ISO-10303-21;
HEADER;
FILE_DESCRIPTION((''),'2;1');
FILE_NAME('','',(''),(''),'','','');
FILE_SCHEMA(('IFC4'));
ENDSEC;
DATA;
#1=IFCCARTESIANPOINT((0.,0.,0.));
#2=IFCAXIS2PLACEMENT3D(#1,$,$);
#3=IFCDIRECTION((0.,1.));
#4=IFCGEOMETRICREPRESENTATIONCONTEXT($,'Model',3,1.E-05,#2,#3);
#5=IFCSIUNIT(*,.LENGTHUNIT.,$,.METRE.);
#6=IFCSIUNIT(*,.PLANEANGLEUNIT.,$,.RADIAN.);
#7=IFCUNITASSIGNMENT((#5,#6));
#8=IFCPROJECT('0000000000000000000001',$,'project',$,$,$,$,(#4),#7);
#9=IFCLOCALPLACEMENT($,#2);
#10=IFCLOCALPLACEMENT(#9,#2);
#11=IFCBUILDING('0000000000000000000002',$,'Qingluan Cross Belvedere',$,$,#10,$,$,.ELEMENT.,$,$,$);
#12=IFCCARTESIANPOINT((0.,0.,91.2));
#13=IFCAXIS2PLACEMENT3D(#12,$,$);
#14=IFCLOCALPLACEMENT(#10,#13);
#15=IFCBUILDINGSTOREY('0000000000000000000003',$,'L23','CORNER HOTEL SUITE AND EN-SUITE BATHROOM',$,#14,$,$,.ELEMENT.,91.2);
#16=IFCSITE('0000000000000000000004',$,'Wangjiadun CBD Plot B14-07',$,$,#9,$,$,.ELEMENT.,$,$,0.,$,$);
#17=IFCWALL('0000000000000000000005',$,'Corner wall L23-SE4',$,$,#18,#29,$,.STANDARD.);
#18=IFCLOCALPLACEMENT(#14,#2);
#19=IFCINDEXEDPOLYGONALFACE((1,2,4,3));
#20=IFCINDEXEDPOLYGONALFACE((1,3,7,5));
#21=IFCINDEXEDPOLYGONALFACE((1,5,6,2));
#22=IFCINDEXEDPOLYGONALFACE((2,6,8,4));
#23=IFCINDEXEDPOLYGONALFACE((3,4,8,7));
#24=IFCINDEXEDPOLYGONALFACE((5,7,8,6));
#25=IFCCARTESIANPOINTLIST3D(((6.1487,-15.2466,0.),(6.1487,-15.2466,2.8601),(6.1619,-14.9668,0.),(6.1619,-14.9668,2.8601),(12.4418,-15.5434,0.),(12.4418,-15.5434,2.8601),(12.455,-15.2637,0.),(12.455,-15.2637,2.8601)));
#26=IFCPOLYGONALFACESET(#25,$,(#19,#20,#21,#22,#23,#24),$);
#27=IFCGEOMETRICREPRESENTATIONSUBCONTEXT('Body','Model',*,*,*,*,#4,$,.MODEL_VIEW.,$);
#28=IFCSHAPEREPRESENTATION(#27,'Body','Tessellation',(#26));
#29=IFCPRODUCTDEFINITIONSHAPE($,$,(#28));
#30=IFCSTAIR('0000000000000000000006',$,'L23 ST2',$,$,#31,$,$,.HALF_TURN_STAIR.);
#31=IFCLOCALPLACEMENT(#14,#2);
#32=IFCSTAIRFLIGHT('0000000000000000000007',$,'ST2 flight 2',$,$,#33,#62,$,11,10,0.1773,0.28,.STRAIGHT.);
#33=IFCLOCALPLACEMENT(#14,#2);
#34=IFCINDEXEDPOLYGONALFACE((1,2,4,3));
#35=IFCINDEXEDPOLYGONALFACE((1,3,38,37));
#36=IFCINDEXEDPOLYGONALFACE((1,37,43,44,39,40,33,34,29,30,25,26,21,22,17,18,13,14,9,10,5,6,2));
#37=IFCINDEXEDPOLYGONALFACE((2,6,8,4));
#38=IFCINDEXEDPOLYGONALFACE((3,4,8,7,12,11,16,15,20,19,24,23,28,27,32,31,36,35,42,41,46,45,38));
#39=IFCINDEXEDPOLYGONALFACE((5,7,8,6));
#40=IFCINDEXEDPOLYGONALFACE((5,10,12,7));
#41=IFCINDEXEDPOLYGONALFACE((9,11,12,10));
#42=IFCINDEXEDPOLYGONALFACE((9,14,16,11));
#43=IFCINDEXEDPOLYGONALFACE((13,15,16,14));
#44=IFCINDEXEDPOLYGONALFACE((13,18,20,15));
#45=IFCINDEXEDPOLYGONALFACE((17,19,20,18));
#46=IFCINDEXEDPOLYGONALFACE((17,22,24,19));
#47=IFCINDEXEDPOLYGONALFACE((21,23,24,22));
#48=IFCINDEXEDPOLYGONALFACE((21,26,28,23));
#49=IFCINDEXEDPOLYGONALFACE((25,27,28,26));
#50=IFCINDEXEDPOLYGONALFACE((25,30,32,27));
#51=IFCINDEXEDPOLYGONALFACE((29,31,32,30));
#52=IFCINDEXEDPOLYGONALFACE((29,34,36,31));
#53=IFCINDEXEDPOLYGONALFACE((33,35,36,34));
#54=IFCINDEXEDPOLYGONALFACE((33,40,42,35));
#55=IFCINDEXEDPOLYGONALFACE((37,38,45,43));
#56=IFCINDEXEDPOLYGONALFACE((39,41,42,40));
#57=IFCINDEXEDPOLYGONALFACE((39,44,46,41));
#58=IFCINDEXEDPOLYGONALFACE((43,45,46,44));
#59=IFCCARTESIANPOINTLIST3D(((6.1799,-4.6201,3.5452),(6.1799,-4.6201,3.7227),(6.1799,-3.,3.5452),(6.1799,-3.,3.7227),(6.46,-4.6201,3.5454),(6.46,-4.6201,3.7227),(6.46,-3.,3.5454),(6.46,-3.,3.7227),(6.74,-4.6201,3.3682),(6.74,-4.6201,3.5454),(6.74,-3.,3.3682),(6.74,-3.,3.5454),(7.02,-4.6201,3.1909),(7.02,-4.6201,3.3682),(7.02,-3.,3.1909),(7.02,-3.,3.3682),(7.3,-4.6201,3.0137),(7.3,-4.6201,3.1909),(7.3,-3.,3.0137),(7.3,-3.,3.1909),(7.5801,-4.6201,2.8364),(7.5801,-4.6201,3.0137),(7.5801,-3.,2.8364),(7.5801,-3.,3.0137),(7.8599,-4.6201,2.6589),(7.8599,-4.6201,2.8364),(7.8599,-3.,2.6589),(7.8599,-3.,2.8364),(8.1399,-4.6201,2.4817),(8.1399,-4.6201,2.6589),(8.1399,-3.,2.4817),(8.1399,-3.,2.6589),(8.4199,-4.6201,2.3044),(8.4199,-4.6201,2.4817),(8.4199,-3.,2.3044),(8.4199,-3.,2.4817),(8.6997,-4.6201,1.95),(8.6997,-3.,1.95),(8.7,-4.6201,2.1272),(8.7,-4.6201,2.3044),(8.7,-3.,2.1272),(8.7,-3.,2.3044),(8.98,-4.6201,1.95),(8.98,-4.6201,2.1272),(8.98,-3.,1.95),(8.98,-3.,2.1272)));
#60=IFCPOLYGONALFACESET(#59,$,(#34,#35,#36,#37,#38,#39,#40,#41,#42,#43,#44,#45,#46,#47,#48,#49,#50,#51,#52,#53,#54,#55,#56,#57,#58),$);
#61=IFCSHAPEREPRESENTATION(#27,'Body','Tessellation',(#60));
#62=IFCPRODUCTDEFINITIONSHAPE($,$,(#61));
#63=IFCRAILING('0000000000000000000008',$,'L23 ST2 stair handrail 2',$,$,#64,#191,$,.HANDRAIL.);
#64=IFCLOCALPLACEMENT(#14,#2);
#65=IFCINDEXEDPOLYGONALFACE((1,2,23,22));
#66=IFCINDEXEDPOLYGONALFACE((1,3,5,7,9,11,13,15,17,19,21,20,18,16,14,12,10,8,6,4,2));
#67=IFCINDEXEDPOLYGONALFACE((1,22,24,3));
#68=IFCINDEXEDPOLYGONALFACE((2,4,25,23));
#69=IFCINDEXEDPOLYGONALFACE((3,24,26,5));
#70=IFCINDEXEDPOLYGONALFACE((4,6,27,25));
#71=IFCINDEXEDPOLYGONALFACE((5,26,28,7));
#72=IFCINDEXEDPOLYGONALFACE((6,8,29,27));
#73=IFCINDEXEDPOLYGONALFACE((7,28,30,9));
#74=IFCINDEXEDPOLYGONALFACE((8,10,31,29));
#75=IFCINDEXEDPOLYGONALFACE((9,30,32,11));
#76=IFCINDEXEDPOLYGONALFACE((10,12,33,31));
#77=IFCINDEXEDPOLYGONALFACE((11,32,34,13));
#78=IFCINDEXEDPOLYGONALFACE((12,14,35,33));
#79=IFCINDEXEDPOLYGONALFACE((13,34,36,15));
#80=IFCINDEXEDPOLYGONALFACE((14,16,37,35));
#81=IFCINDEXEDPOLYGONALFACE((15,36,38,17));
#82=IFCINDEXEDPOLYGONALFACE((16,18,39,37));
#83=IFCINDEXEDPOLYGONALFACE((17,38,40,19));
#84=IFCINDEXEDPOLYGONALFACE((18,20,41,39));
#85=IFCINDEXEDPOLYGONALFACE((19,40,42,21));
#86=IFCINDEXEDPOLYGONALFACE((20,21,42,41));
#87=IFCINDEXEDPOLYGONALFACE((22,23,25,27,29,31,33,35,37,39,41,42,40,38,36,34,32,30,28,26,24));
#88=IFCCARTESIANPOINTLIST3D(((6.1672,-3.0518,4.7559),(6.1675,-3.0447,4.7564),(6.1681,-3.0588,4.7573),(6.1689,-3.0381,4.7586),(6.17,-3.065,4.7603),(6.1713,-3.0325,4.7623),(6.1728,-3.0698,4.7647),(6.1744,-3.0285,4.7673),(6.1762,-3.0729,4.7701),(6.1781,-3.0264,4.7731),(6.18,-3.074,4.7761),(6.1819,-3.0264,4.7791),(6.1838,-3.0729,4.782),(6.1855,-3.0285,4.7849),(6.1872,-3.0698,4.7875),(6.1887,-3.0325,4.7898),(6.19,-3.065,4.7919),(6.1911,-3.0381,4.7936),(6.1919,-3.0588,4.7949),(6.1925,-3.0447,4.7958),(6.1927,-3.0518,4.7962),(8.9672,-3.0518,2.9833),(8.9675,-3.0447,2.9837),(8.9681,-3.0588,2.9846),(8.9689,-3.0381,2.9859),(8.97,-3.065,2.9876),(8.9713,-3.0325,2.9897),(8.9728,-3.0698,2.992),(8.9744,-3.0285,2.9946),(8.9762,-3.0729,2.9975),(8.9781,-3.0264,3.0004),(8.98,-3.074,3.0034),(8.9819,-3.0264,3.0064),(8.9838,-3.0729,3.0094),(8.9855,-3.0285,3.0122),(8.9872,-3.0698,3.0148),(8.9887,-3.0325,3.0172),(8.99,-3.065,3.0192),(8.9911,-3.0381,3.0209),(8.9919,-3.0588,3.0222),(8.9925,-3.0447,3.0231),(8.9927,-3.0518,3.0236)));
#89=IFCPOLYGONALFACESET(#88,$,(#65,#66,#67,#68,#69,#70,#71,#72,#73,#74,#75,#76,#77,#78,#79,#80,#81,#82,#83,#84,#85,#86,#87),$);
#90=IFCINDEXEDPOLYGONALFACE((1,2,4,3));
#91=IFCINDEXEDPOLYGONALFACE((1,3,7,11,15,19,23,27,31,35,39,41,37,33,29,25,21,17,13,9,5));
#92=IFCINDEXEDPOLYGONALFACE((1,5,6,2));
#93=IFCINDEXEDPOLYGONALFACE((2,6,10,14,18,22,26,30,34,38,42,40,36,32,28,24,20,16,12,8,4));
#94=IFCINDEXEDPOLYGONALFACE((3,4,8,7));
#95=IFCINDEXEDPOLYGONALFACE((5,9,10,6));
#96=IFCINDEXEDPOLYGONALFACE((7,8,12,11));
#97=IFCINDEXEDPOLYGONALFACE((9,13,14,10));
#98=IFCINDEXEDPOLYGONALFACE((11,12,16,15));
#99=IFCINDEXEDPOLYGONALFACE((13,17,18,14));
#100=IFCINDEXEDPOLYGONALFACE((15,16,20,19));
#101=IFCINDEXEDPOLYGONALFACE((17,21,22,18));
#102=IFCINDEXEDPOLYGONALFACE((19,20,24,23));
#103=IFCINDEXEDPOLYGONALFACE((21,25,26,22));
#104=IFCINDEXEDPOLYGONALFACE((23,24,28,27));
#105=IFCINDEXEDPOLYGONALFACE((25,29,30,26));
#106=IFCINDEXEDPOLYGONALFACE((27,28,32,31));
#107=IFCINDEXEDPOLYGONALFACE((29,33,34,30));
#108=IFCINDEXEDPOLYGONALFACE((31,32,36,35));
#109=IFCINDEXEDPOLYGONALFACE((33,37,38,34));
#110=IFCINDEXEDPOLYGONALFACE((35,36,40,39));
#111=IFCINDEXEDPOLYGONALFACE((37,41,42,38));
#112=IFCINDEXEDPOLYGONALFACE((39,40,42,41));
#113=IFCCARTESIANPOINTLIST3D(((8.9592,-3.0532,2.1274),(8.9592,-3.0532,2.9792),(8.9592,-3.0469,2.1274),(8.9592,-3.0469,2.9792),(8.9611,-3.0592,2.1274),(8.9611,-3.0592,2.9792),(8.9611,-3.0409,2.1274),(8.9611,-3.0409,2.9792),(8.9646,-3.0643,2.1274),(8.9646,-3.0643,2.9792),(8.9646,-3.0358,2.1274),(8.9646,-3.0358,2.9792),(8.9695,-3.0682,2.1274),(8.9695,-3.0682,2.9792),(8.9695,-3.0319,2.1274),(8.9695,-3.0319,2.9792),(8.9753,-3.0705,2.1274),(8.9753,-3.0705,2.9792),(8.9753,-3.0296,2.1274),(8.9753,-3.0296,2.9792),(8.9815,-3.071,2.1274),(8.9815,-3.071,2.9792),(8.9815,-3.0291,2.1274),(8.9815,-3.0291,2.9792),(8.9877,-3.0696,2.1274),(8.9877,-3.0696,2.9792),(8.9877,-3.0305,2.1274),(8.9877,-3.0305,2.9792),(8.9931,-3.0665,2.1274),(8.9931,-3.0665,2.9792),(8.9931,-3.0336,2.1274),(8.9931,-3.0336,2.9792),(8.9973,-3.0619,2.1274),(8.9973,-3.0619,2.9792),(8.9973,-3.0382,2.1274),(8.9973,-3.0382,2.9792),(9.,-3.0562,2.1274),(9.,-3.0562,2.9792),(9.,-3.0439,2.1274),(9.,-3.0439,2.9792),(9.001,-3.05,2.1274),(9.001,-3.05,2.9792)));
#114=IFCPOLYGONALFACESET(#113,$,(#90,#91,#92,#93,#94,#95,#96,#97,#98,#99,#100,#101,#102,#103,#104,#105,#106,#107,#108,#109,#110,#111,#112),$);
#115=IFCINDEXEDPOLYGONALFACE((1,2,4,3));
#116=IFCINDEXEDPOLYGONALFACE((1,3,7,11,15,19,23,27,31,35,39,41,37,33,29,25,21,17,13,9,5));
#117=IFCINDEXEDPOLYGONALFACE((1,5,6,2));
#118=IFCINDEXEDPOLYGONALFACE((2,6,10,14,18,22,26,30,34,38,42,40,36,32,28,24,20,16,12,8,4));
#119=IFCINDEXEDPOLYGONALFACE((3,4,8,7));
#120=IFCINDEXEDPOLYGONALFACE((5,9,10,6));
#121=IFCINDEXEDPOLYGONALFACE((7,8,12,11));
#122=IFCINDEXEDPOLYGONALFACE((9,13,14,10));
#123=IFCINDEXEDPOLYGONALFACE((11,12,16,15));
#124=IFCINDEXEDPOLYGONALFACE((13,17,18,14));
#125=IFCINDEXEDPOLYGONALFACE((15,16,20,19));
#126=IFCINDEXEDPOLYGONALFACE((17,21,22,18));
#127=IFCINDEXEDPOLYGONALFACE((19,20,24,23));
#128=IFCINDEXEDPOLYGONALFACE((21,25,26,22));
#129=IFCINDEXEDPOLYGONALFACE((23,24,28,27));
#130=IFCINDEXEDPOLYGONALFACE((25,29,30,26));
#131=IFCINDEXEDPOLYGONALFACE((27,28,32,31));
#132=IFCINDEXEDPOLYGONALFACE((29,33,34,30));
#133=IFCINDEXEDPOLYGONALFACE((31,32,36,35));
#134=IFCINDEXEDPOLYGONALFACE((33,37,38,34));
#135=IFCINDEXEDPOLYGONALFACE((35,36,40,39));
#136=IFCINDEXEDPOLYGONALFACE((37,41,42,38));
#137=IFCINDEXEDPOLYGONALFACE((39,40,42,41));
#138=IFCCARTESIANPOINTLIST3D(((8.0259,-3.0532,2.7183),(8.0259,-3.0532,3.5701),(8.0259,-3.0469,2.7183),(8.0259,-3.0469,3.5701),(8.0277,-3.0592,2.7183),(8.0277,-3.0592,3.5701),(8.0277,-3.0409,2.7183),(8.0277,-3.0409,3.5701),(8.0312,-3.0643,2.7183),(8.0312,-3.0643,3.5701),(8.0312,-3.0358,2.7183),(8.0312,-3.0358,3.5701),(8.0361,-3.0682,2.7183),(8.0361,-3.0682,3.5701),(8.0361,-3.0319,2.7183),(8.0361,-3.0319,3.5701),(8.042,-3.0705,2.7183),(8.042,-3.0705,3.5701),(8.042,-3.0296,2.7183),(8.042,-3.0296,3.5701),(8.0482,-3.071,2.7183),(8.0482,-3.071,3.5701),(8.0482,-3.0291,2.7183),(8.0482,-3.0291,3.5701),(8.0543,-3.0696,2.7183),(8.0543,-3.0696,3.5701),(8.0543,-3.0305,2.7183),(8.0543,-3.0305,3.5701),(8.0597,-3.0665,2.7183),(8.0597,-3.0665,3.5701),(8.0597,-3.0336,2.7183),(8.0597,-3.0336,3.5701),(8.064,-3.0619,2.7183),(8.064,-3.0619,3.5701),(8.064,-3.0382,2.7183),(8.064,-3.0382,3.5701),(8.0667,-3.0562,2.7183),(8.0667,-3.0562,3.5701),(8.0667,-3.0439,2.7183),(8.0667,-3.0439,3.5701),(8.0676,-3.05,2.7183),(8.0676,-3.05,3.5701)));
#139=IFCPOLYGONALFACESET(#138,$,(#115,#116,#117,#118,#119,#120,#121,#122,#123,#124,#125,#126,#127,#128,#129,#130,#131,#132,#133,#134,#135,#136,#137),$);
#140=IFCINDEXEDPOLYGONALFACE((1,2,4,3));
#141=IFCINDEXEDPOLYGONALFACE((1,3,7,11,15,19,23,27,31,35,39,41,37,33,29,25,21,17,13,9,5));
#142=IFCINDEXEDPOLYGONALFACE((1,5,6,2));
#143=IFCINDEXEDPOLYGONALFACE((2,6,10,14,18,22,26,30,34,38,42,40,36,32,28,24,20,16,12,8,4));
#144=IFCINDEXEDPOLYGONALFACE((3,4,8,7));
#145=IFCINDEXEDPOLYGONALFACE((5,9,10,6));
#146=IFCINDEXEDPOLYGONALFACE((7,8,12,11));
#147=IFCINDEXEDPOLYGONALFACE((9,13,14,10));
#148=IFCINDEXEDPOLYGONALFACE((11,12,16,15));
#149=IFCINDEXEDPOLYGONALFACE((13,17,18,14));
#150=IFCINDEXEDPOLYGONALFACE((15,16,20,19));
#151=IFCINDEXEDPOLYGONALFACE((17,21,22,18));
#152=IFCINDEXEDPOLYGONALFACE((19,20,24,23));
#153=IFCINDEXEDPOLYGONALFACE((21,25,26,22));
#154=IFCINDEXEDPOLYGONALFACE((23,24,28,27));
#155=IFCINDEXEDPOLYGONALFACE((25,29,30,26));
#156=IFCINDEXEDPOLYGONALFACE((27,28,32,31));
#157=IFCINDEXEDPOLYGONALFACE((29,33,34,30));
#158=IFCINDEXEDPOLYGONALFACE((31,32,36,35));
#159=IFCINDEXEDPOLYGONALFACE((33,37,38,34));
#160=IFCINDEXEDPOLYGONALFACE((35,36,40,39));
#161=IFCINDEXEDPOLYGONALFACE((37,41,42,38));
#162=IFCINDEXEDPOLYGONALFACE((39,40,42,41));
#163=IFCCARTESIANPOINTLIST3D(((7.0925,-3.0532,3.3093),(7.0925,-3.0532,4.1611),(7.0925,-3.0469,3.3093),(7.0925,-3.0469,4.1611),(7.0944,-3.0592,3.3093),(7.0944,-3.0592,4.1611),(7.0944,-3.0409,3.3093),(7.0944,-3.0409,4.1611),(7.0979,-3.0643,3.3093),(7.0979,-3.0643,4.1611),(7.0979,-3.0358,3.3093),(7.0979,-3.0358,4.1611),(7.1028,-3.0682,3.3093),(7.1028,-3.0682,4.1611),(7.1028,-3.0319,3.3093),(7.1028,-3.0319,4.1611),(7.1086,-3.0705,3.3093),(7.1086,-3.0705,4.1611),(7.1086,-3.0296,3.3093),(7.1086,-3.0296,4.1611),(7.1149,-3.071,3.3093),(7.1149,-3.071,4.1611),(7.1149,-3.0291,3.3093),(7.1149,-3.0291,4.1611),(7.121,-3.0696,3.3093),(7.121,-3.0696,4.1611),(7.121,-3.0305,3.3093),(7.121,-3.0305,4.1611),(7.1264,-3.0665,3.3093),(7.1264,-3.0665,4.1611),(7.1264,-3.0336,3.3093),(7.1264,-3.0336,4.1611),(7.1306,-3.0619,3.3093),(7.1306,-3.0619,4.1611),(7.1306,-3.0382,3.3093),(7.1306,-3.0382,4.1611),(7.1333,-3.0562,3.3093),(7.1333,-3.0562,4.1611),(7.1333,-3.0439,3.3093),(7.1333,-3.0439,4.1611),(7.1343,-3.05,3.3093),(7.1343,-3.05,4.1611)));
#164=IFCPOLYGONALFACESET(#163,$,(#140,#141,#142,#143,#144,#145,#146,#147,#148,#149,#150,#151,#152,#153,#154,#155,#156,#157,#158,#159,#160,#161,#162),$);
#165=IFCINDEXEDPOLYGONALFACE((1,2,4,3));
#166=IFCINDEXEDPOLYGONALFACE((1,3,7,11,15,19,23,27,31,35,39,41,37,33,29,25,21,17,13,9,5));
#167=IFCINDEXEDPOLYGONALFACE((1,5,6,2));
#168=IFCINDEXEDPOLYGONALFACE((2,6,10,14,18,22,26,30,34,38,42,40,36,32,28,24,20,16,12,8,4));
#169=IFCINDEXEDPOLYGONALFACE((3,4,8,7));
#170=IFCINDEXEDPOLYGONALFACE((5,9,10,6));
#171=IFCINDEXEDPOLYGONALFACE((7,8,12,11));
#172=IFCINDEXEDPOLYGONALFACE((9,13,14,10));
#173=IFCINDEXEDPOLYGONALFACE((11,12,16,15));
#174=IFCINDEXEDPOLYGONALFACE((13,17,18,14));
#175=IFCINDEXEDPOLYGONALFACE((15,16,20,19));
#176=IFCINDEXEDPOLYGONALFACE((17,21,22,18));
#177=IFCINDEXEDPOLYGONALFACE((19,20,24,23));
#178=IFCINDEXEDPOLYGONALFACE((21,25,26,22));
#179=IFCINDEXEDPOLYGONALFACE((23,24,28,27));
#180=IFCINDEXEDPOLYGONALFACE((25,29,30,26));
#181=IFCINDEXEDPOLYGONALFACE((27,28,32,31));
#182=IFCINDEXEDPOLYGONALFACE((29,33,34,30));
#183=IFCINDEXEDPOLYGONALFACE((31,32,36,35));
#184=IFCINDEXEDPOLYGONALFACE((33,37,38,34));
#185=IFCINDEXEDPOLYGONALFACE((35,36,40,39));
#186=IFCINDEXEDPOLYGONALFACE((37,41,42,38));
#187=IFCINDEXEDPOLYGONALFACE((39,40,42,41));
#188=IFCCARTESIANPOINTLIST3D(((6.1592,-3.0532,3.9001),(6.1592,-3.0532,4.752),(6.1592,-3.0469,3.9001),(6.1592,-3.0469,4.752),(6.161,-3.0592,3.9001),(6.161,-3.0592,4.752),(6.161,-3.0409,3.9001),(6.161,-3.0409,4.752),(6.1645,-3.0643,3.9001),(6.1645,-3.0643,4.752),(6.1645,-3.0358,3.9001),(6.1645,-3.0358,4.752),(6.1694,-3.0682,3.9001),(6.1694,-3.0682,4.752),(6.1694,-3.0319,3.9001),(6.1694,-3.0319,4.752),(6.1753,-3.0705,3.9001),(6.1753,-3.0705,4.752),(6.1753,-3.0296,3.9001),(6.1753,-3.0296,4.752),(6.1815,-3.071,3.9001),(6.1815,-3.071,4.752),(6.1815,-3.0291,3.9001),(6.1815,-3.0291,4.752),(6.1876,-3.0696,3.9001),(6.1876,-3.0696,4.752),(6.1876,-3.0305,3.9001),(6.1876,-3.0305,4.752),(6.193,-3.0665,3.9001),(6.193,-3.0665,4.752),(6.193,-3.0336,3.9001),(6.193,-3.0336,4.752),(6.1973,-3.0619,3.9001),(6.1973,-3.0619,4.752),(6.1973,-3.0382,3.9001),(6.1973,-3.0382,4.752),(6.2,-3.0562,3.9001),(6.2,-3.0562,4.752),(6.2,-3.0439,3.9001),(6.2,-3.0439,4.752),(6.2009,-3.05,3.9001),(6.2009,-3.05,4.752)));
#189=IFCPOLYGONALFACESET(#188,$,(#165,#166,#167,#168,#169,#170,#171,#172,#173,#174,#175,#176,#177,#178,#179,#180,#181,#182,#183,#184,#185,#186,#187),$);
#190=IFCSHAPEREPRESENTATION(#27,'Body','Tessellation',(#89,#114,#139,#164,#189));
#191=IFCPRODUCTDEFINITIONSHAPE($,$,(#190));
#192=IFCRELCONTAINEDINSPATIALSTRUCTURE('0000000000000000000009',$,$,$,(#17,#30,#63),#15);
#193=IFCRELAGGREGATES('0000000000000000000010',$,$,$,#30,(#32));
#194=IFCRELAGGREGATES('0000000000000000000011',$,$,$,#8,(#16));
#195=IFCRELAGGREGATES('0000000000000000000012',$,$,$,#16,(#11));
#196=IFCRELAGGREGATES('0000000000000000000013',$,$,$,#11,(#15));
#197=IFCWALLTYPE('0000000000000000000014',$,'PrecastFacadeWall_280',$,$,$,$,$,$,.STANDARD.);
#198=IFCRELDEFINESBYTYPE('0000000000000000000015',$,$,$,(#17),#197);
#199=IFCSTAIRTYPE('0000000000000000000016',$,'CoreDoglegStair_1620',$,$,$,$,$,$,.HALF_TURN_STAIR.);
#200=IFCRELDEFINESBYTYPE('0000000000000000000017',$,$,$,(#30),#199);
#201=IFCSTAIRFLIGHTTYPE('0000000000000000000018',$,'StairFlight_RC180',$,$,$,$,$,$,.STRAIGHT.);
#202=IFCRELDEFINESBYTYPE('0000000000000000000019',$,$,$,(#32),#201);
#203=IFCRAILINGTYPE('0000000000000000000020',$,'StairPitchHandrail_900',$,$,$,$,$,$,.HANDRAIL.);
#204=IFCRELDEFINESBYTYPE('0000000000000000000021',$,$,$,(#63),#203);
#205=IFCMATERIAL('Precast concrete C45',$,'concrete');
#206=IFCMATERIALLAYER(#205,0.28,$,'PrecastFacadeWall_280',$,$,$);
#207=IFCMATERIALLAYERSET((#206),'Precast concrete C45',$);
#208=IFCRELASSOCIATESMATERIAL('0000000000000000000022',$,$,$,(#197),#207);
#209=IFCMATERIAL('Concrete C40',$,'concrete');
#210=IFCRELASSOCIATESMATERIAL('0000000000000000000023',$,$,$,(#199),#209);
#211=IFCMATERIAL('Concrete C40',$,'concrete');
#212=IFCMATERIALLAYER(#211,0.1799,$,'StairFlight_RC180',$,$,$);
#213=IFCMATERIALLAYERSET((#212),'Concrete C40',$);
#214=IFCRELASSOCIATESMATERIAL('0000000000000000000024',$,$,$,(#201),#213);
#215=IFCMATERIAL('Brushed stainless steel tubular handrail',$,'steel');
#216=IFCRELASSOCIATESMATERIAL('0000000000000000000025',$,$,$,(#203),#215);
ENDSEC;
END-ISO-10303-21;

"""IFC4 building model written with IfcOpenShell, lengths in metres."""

from ifc_helpers import new_model, si_unit, direction, frame, frame_2d, origin, origin_2d, place, context, subcontext, project, spatial, polyline, rectangle, circle, outline, extrude, material, layer, layer_set, type_object, element, aggregate, save


model = new_model("IFC4")

# Units and contexts
model_context = context("Model", 3, precision=1e-05, world=origin(), true_north=direction((0.0, 1.0)))
body_context = subcontext(model_context, "Body", "Model", "MODEL_VIEW")
ifc_project = project(units=[si_unit("LENGTHUNIT", "METRE"), si_unit("PLANEANGLEUNIT", "RADIAN")], contexts=[model_context])

# Site, building, storey
site_placement = place(None, origin())
site = spatial("IfcSite", under=ifc_project, at=site_placement, Name="Wangjiadun CBD Plot B14-07", CompositionType="ELEMENT", RefElevation=0.0)
building_placement = place(site_placement, origin())
building = spatial("IfcBuilding", under=site, at=building_placement, Name="Qingluan Cross Belvedere", CompositionType="ELEMENT")
storey_placement = place(building_placement, frame((0.0, 0.0, 91.2)))
storey = spatial("IfcBuildingStorey", under=building, at=storey_placement, Name="L23", Description="CORNER HOTEL SUITE AND EN-SUITE BATHROOM", CompositionType="ELEMENT", Elevation=91.2)

# Wall
ifc_material_1 = material(Name="Precast concrete C45", Category="concrete")
ifc_layer_1 = layer(ifc_material_1, 0.28, Name="PrecastFacadeWall_280")
ifc_layer_set_1 = layer_set([ifc_layer_1], Name="Precast concrete C45")
wall_type_1 = type_object("IfcWallType", Name="PrecastFacadeWall_280", PredefinedType="STANDARD", material=ifc_layer_set_1)
wall_1_placement = place(storey_placement, frame((12.4482, -15.4036, 0.0), z_axis=(0.0, 0.0, 1.0), x_axis=(-0.998889, 0.047123, 0.0)))
element("IfcWall", 1, at=wall_1_placement, inside=storey, type_object=wall_type_1, Name="Corner wall L23-SE4", PredefinedType="STANDARD", context=body_context, shape_type="SweptSolid", body=[
    extrude(rectangle(XDim=6.3, YDim=0.28, at=frame_2d((3.1499, 0.0))), origin(), (0.0, 0.0, 1.0), 2.8601),
])

# Stair, stair flight
ifc_material_2 = material(Name="Concrete C40", Category="concrete")
stair_type = type_object("IfcStairType", Name="CoreDoglegStair_1620", PredefinedType="HALF_TURN_STAIR", material=ifc_material_2)
stair_placement = place(storey_placement, origin())
stair = element("IfcStair", 2, at=stair_placement, inside=storey, type_object=stair_type, Name="L23 ST2", PredefinedType="HALF_TURN_STAIR")
ifc_material_3 = material(Name="Concrete C40", Category="concrete")
ifc_layer_2 = layer(ifc_material_3, 0.1799, Name="StairFlight_RC180")
ifc_layer_set_2 = layer_set([ifc_layer_2], Name="Concrete C40")
stair_flight_type = type_object("IfcStairFlightType", Name="StairFlight_RC180", PredefinedType="STRAIGHT", material=ifc_layer_set_2)
stair_flight_placement = place(storey_placement, frame((8.98, -3.8101, 1.95), z_axis=(0.0, 0.0, 1.0), x_axis=(-1.0, 0.0, 0.0)))
stair_flight = element("IfcStairFlight", 3, at=stair_flight_placement, type_object=stair_flight_type, Name="ST2 flight 2", NumberOfRisers=11, NumberOfTreads=10, PredefinedType="STRAIGHT", RiserHeight=0.1773, TreadLength=0.28, context=body_context, shape_type="SweptSolid", body=[
    extrude(outline(polyline([(0.0, 0.0), (0.0, 0.1772), (0.28, 0.1772), (0.28, 0.3545), (0.5601, 0.3545), (0.5601, 0.5317), (0.8401, 0.5317), (0.8401, 0.709), (1.1201, 0.709), (1.1201, 0.8865), (1.3999, 0.8865), (1.3999, 1.0637), (1.6799, 1.0637), (1.6799, 1.241), (1.96, 1.241), (1.96, 1.4182), (2.24, 1.4182), (2.24, 1.5955), (2.52, 1.5955), (2.52, 1.7727), (2.8, 1.7727), (2.8, 1.95), (2.8, 1.5952), (0.2803, 0.0), (0.0, 0.0)])), frame((0.0, 0.8101, 0.0), z_axis=(0.0, -1.0, 0.0), x_axis=(1.0, 0.0, 0.0)), (0.0, 0.0, 1.0), 1.6201),
])
aggregate(stair, [stair_flight])

# Railing
ifc_material_4 = material(Name="Brushed stainless steel tubular handrail", Category="steel")
railing_type_1 = type_object("IfcRailingType", Name="StairPitchHandrail_900", PredefinedType="HANDRAIL", material=ifc_material_4)
railing_1_placement = place(storey_placement, frame((8.98, -3.05, 2.1274)))
element("IfcRailing", 4, at=railing_1_placement, inside=storey, type_object=railing_type_1, Name="L23 ST2 stair handrail 2", PredefinedType="HANDRAIL", context=body_context, shape_type="SweptSolid", body=[
    extrude(circle(Radius=0.0239, at=origin_2d()), frame((0.0, 0.0, 0.876), z_axis=(-0.844909, 0.0, 0.53491), x_axis=(0.0, -1.0, 0.0)), (0.0, 0.0, 1.0), 3.314),
    extrude(circle(Radius=0.021, at=origin_2d()), origin(), (0.0, 0.0, 1.0), 0.8518),
    extrude(circle(Radius=0.021, at=origin_2d()), frame((-0.9333, 0.0, 0.5908)), (0.0, 0.0, 1.0), 0.8518),
    extrude(circle(Radius=0.021, at=origin_2d()), frame((-1.8667, 0.0, 1.1819)), (0.0, 0.0, 1.0), 0.8518),
    extrude(circle(Radius=0.021, at=origin_2d()), frame((-2.8, 0.0, 1.7727)), (0.0, 0.0, 1.0), 0.8518),
])

save(model, "model.ifc")
